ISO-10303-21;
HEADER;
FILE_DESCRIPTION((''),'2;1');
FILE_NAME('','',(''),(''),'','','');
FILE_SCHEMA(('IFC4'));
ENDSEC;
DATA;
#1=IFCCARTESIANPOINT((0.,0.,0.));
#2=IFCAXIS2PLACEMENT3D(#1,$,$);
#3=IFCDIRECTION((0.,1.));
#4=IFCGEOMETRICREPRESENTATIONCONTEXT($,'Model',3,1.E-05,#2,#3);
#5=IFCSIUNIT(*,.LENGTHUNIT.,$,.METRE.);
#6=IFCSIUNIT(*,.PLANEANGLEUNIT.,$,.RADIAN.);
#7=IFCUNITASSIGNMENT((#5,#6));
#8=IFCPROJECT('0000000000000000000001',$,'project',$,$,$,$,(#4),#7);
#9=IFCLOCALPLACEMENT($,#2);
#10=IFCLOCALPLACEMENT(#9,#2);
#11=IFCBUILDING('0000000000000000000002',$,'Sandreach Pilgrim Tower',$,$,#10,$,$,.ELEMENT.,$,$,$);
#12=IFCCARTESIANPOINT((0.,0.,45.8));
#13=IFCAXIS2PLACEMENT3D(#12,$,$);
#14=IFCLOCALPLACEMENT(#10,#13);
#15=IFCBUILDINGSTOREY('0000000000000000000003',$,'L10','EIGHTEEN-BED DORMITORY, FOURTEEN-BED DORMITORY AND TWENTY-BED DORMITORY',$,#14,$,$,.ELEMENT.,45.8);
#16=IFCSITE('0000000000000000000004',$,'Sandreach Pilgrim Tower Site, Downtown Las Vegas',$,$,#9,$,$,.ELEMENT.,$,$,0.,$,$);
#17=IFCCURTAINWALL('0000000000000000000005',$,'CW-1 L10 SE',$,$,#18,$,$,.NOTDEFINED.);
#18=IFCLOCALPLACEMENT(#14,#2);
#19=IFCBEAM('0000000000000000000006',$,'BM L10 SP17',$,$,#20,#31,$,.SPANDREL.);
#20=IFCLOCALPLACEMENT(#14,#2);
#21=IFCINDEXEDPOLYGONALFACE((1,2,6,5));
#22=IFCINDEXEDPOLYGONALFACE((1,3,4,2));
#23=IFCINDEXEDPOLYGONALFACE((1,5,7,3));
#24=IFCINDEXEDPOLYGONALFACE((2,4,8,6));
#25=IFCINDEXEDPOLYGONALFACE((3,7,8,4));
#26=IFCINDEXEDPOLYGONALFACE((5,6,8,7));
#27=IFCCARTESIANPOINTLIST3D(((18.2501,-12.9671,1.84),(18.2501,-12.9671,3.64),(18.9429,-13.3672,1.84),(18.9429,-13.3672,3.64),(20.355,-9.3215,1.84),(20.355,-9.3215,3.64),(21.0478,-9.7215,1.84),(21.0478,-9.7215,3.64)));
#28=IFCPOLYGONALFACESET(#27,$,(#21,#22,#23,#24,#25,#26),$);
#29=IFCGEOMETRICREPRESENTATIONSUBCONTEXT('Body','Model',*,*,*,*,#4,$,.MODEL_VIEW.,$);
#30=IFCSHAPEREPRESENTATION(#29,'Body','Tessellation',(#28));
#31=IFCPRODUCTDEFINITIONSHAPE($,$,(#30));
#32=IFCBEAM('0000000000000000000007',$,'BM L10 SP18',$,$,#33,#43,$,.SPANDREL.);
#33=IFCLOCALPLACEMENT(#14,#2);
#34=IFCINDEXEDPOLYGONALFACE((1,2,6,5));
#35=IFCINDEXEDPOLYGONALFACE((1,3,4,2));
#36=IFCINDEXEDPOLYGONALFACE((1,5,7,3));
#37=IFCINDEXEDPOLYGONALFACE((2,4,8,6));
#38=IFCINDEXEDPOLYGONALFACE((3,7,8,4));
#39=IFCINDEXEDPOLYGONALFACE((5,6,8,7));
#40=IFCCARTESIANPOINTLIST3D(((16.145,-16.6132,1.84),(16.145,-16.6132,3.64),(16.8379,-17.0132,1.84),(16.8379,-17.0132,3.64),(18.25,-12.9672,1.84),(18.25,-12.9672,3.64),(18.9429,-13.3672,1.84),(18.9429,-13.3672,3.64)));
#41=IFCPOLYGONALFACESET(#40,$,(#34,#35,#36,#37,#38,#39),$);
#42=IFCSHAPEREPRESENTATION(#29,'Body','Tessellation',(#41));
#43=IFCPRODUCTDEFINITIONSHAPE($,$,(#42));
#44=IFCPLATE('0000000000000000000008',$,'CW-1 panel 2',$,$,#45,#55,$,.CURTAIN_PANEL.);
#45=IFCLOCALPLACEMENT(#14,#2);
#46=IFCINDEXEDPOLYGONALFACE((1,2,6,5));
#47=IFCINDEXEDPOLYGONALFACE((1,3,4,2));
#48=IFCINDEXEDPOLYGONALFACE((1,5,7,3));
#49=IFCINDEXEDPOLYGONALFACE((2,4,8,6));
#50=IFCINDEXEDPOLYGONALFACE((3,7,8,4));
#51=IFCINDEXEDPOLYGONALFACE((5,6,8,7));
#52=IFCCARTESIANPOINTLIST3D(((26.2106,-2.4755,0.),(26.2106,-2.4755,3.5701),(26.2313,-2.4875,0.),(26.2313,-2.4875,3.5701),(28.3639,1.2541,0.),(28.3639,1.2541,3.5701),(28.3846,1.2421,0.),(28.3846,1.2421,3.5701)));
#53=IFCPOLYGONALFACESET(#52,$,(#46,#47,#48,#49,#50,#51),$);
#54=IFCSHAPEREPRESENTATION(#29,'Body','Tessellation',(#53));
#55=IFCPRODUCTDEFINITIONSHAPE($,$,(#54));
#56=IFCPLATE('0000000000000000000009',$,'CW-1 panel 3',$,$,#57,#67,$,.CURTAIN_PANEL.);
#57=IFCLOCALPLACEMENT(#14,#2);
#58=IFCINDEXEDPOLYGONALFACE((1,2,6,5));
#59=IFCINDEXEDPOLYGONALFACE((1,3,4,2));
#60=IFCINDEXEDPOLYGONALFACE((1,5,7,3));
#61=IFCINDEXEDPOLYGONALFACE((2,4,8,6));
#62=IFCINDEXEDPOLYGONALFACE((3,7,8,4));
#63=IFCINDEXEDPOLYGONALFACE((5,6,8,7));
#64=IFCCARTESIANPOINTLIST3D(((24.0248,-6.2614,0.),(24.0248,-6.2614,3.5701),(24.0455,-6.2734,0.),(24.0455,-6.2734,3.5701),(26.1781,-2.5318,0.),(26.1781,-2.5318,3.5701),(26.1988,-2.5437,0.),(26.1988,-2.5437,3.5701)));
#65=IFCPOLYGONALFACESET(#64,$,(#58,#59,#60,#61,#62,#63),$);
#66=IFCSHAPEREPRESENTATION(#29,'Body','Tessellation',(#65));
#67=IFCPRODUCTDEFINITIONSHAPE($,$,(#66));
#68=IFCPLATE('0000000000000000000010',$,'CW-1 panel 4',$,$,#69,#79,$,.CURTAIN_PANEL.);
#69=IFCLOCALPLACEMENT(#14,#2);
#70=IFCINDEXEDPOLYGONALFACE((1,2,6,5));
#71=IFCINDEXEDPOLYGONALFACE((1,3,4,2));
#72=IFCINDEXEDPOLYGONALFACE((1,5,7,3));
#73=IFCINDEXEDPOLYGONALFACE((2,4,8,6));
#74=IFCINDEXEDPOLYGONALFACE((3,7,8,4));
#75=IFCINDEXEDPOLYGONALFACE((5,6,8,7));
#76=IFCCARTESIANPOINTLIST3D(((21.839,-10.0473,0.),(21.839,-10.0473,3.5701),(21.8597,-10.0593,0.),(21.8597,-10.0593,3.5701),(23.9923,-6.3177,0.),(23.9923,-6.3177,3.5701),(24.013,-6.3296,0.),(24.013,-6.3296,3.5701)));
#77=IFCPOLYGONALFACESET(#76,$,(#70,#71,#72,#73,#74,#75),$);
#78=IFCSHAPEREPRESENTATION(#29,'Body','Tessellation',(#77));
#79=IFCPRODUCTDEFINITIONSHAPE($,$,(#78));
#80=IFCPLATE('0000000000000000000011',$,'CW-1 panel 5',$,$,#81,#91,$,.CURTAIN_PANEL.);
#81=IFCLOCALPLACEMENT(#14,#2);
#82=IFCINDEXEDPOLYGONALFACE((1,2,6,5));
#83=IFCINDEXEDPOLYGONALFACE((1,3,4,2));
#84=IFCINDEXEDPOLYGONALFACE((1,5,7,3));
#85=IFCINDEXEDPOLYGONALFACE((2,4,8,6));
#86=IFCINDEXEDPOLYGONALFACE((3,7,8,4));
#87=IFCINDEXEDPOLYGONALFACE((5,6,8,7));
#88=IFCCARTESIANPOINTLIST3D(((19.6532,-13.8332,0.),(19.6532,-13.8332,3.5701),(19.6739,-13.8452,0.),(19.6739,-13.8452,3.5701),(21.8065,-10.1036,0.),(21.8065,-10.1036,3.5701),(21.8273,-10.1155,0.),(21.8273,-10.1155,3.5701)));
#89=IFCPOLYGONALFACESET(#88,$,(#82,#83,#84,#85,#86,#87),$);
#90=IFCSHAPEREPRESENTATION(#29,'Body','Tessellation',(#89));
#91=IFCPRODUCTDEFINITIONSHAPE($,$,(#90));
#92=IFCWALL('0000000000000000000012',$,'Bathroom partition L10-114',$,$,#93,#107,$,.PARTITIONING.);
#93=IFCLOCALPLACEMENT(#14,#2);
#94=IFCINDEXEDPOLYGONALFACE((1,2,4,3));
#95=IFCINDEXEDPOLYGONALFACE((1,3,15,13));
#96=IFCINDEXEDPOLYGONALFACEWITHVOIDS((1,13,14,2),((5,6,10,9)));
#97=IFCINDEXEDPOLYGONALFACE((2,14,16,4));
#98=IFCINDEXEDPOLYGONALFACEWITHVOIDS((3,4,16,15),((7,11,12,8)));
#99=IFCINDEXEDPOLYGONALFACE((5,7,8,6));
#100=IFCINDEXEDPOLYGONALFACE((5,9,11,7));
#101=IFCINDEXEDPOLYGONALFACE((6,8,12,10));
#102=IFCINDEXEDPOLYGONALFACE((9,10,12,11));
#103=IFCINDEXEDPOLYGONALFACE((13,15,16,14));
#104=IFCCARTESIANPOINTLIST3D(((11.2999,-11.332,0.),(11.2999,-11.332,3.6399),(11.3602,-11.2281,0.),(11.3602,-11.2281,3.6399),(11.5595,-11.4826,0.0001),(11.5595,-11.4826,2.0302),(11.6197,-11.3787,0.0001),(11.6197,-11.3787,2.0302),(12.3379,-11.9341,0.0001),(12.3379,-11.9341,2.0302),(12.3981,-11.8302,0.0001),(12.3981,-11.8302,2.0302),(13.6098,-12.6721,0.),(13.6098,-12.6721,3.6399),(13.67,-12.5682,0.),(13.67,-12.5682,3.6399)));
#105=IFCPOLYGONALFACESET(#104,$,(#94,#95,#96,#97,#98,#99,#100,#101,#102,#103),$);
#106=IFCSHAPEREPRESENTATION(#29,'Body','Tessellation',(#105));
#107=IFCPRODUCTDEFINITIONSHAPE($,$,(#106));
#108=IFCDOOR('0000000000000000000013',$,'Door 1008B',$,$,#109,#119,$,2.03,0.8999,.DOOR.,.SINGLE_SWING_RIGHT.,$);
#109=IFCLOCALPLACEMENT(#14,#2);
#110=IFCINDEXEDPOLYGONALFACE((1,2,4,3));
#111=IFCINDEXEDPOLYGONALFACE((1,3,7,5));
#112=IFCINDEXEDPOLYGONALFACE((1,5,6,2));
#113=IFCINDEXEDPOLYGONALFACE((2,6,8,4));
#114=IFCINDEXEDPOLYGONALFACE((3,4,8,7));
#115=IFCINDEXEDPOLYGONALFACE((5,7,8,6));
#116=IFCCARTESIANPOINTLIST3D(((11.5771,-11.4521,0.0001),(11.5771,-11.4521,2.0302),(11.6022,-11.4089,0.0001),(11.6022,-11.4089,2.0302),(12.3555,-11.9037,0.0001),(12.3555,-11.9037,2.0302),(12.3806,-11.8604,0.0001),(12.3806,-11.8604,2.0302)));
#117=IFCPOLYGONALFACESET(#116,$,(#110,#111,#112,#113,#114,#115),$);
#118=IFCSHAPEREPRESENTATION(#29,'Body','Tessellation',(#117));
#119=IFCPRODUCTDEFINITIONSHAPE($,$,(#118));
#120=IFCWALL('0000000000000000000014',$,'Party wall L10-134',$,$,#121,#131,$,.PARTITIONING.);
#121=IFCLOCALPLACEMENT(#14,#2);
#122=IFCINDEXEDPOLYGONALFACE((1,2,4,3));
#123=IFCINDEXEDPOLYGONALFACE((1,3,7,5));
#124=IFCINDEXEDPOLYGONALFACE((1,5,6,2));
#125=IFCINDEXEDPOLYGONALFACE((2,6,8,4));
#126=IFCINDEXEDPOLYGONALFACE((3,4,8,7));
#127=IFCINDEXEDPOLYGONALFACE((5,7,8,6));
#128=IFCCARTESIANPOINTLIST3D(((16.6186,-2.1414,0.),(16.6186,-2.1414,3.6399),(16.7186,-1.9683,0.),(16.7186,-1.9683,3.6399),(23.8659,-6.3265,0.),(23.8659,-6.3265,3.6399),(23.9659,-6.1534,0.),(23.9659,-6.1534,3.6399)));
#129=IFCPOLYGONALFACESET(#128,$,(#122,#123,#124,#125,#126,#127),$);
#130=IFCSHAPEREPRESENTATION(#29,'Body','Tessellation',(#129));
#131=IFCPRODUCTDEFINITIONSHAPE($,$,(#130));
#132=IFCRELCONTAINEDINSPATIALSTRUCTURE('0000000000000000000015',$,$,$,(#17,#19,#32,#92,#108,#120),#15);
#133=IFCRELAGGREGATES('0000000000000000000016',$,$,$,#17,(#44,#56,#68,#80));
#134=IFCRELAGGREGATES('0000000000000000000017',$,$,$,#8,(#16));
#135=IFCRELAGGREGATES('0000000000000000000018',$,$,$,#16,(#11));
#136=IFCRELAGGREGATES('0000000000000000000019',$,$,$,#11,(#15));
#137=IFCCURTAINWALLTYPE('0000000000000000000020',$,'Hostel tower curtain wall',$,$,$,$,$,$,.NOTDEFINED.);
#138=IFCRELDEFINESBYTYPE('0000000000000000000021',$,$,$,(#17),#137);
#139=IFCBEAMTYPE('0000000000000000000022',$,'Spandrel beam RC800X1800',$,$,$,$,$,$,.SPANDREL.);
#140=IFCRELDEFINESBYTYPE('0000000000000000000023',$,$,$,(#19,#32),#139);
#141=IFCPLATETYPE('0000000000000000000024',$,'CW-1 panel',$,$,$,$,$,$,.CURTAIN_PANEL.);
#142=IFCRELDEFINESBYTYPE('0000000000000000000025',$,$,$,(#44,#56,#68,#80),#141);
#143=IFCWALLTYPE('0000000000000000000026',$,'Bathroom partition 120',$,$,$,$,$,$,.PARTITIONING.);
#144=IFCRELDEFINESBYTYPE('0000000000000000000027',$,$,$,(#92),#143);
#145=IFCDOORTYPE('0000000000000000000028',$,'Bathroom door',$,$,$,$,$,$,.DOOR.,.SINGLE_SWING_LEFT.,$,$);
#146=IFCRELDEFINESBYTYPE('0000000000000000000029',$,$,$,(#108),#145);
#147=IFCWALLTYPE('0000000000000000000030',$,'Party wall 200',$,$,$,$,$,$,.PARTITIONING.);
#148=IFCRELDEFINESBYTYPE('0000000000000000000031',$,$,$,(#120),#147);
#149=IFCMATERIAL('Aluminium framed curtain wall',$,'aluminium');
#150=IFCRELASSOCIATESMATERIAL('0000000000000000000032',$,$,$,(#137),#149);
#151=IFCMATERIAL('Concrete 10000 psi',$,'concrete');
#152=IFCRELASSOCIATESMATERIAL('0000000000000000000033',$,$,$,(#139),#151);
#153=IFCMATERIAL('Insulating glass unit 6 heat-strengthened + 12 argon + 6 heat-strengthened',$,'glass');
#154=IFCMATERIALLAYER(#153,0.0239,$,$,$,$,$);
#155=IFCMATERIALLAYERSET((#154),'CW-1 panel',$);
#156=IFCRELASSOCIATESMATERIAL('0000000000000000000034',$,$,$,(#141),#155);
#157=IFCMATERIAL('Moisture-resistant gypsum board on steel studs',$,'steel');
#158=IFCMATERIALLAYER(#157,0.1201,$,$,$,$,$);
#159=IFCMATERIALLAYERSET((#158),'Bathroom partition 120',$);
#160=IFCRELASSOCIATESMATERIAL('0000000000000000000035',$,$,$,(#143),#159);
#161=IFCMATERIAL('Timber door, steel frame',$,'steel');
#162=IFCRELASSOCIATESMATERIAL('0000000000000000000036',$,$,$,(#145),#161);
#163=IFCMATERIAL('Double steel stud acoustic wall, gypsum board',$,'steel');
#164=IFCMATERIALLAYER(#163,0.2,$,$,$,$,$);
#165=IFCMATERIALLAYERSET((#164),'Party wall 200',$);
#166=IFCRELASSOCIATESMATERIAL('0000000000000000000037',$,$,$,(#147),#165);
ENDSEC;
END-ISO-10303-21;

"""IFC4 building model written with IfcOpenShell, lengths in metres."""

from ifc_helpers import new_model, si_unit, direction, frame, frame_2d, origin, origin_2d, place, context, subcontext, project, spatial, rectangle, extrude, material, layer, layer_set, material_profile, profile_set, type_object, element, fill, aggregate, save


model = new_model("IFC4")

# Units and contexts
model_context = context("Model", 3, precision=1e-05, world=origin(), true_north=direction((0.0, 1.0)))
body_context = subcontext(model_context, "Body", "Model", "MODEL_VIEW")
ifc_project = project(units=[si_unit("LENGTHUNIT", "METRE"), si_unit("PLANEANGLEUNIT", "RADIAN")], contexts=[model_context])

# Site, building, storey
site_placement = place(None, origin())
site = spatial("IfcSite", under=ifc_project, at=site_placement, Name="Sandreach Pilgrim Tower Site, Downtown Las Vegas", CompositionType="ELEMENT", RefElevation=0.0)
building_placement = place(site_placement, origin())
building = spatial("IfcBuilding", under=site, at=building_placement, Name="Sandreach Pilgrim Tower", CompositionType="ELEMENT")
storey_placement = place(building_placement, frame((0.0, 0.0, 45.8)))
storey = spatial("IfcBuildingStorey", under=building, at=storey_placement, Name="L10", Description="EIGHTEEN-BED DORMITORY, FOURTEEN-BED DORMITORY AND TWENTY-BED DORMITORY", CompositionType="ELEMENT", Elevation=45.8)

# Curtain wall
ifc_material_1 = material(Name="Aluminium framed curtain wall", Category="aluminium")
curtain_wall_type = type_object("IfcCurtainWallType", Name="Hostel tower curtain wall", PredefinedType="NOTDEFINED", material=ifc_material_1)
curtain_wall_placement = place(storey_placement, origin())
curtain_wall = element("IfcCurtainWall", 1, at=curtain_wall_placement, inside=storey, type_object=curtain_wall_type, Name="CW-1 L10 SE", PredefinedType="NOTDEFINED")

# Beams
ifc_material_2 = material(Name="Concrete 10000 psi", Category="concrete")
ifc_material_profile_1 = material_profile(ifc_material_2, rectangle(XDim=0.8, YDim=1.8, at=origin_2d()), Name="RC800X1800")
ifc_profile_set_1 = profile_set([ifc_material_profile_1], Name="Concrete 10000 psi")
beam_type_1 = type_object("IfcBeamType", Name="Spandrel beam RC800X1800", PredefinedType="SPANDREL", material=ifc_profile_set_1)
beam_1_placement = place(storey_placement, frame((20.7014, -9.5215, 2.74), z_axis=(-0.500019, -0.866015, 0.0), x_axis=(0.866015, -0.500019, 0.0)))
element("IfcBeam", 2, at=beam_1_placement, inside=storey, type_object=beam_type_1, Name="BM L10 SP17", PredefinedType="SPANDREL", context=body_context, shape_type="SweptSolid", body=[
    extrude(rectangle(XDim=0.8, YDim=1.8, at=origin_2d()), origin(), (0.0, 0.0, 1.0), 4.2097),
])
beam_2_placement = place(storey_placement, frame((18.5964, -13.1672, 2.74), z_axis=(-0.499994, -0.866029, 0.0), x_axis=(0.866029, -0.499994, 0.0)))
element("IfcBeam", 3, at=beam_2_placement, inside=storey, type_object=beam_type_1, Name="BM L10 SP18", PredefinedType="SPANDREL", context=body_context, shape_type="SweptSolid", body=[
    extrude(rectangle(XDim=0.8, YDim=1.8, at=origin_2d()), origin(), (0.0, 0.0, 1.0), 4.21),
])

# Plates
ifc_material_3 = material(Name="Insulating glass unit 6 heat-strengthened + 12 argon + 6 heat-strengthened", Category="glass")
ifc_layer_1 = layer(ifc_material_3, 0.0239)
ifc_layer_set_1 = layer_set([ifc_layer_1], Name="CW-1 panel")
plate_type = type_object("IfcPlateType", Name="CW-1 panel", PredefinedType="CURTAIN_PANEL", material=ifc_layer_set_1)
plate_1_placement = place(storey_placement, frame((27.2976, -0.6167, 0.0), z_axis=(0.0, 0.0, 1.0), x_axis=(-0.5, -0.866025, 0.0)))
plate_1 = element("IfcPlate", 4, at=plate_1_placement, type_object=plate_type, Name="CW-1 panel 2", PredefinedType="CURTAIN_PANEL", context=body_context, shape_type="SweptSolid", body=[
    extrude(rectangle(XDim=4.3066, YDim=0.0239, at=origin_2d()), origin(), (0.0, 0.0, 1.0), 3.5701),
])
plate_2_placement = place(storey_placement, frame((25.1118, -4.4026, 0.0), z_axis=(0.0, 0.0, 1.0), x_axis=(-0.5, -0.866025, 0.0)))
plate_2 = element("IfcPlate", 5, at=plate_2_placement, type_object=plate_type, Name="CW-1 panel 3", PredefinedType="CURTAIN_PANEL", context=body_context, shape_type="SweptSolid", body=[
    extrude(rectangle(XDim=4.3066, YDim=0.0239, at=origin_2d()), origin(), (0.0, 0.0, 1.0), 3.5701),
])
plate_3_placement = place(storey_placement, frame((22.926, -8.1885, 0.0), z_axis=(0.0, 0.0, 1.0), x_axis=(-0.5, -0.866025, 0.0)))
plate_3 = element("IfcPlate", 6, at=plate_3_placement, type_object=plate_type, Name="CW-1 panel 4", PredefinedType="CURTAIN_PANEL", context=body_context, shape_type="SweptSolid", body=[
    extrude(rectangle(XDim=4.3066, YDim=0.0239, at=origin_2d()), origin(), (0.0, 0.0, 1.0), 3.5701),
])
plate_4_placement = place(storey_placement, frame((20.7402, -11.9744, 0.0), z_axis=(0.0, 0.0, 1.0), x_axis=(-0.5, -0.866025, 0.0)))
plate_4 = element("IfcPlate", 7, at=plate_4_placement, type_object=plate_type, Name="CW-1 panel 5", PredefinedType="CURTAIN_PANEL", context=body_context, shape_type="SweptSolid", body=[
    extrude(rectangle(XDim=4.3066, YDim=0.0239, at=origin_2d()), origin(), (0.0, 0.0, 1.0), 3.5701),
])
aggregate(curtain_wall, [plate_1, plate_2, plate_3, plate_4])

# Wall, opening, door
ifc_material_4 = material(Name="Moisture-resistant gypsum board on steel studs", Category="steel")
ifc_layer_2 = layer(ifc_material_4, 0.1201)
ifc_layer_set_2 = layer_set([ifc_layer_2], Name="Bathroom partition 120")
wall_type_1 = type_object("IfcWallType", Name="Bathroom partition 120", PredefinedType="PARTITIONING", material=ifc_layer_set_2)
wall_1_placement = place(storey_placement, frame((13.6399, -12.6201, 0.0), z_axis=(0.0, 0.0, 1.0), x_axis=(-0.864967, 0.501829, 0.0)))
wall_1 = element("IfcWall", 8, at=wall_1_placement, inside=storey, type_object=wall_type_1, Name="Bathroom partition L10-114", PredefinedType="PARTITIONING", context=body_context, shape_type="SweptSolid", body=[
    extrude(rectangle(XDim=2.6704, YDim=0.1201, at=frame_2d((1.3352, 0.0))), origin(), (0.0, 0.0, 1.0), 3.6399),
])
opening_1_placement = place(wall_1_placement, frame((1.4705, 0.0, 0.0)))
opening_1 = element("IfcOpeningElement", 9, at=opening_1_placement, cuts=wall_1, PredefinedType="OPENING", context=body_context, shape_type="SweptSolid", body=[
    extrude(rectangle(XDim=0.8999, YDim=2.03, at=frame_2d((0.45, 1.0151))), frame((0.0, 0.0601, 0.0), z_axis=(0.0, -1.0, 0.0), x_axis=(1.0, 0.0, 0.0)), (0.0, 0.0, 1.0), 0.1201),
])
ifc_material_5 = material(Name="Timber door, steel frame", Category="steel")
door_type_1 = type_object("IfcDoorType", Name="Bathroom door", OperationType="SINGLE_SWING_LEFT", PredefinedType="DOOR", material=ifc_material_5)
door_1_placement = place(opening_1_placement, origin())
door_1 = element("IfcDoor", 10, at=door_1_placement, inside=storey, type_object=door_type_1, Name="Door 1008B", OperationType="SINGLE_SWING_RIGHT", OverallHeight=2.03, OverallWidth=0.8999, PredefinedType="DOOR", context=body_context, shape_type="SweptSolid", body=[
    extrude(rectangle(XDim=0.8999, YDim=2.03, at=frame_2d((0.45, 1.0151))), frame((0.0, 0.0249, 0.0), z_axis=(0.0, -1.0, 0.0), x_axis=(1.0, 0.0, 0.0)), (0.0, 0.0, 1.0), 0.05),
])
fill(opening_1, door_1)

# Wall
ifc_material_6 = material(Name="Double steel stud acoustic wall, gypsum board", Category="steel")
ifc_layer_3 = layer(ifc_material_6, 0.2)
ifc_layer_set_3 = layer_set([ifc_layer_3], Name="Party wall 200")
wall_type_2 = type_object("IfcWallType", Name="Party wall 200", PredefinedType="PARTITIONING", material=ifc_layer_set_3)
wall_2_placement = place(storey_placement, frame((23.916, -6.24, 0.0), z_axis=(0.0, 0.0, 1.0), x_axis=(-0.865983, 0.500073, 0.0)))
element("IfcWall", 11, at=wall_2_placement, inside=storey, type_object=wall_type_2, Name="Party wall L10-134", PredefinedType="PARTITIONING", context=body_context, shape_type="SweptSolid", body=[
    extrude(rectangle(XDim=8.3689, YDim=0.2, at=frame_2d((4.1846, 0.0))), origin(), (0.0, 0.0, 1.0), 3.6399),
])

save(model, "model.ifc")
